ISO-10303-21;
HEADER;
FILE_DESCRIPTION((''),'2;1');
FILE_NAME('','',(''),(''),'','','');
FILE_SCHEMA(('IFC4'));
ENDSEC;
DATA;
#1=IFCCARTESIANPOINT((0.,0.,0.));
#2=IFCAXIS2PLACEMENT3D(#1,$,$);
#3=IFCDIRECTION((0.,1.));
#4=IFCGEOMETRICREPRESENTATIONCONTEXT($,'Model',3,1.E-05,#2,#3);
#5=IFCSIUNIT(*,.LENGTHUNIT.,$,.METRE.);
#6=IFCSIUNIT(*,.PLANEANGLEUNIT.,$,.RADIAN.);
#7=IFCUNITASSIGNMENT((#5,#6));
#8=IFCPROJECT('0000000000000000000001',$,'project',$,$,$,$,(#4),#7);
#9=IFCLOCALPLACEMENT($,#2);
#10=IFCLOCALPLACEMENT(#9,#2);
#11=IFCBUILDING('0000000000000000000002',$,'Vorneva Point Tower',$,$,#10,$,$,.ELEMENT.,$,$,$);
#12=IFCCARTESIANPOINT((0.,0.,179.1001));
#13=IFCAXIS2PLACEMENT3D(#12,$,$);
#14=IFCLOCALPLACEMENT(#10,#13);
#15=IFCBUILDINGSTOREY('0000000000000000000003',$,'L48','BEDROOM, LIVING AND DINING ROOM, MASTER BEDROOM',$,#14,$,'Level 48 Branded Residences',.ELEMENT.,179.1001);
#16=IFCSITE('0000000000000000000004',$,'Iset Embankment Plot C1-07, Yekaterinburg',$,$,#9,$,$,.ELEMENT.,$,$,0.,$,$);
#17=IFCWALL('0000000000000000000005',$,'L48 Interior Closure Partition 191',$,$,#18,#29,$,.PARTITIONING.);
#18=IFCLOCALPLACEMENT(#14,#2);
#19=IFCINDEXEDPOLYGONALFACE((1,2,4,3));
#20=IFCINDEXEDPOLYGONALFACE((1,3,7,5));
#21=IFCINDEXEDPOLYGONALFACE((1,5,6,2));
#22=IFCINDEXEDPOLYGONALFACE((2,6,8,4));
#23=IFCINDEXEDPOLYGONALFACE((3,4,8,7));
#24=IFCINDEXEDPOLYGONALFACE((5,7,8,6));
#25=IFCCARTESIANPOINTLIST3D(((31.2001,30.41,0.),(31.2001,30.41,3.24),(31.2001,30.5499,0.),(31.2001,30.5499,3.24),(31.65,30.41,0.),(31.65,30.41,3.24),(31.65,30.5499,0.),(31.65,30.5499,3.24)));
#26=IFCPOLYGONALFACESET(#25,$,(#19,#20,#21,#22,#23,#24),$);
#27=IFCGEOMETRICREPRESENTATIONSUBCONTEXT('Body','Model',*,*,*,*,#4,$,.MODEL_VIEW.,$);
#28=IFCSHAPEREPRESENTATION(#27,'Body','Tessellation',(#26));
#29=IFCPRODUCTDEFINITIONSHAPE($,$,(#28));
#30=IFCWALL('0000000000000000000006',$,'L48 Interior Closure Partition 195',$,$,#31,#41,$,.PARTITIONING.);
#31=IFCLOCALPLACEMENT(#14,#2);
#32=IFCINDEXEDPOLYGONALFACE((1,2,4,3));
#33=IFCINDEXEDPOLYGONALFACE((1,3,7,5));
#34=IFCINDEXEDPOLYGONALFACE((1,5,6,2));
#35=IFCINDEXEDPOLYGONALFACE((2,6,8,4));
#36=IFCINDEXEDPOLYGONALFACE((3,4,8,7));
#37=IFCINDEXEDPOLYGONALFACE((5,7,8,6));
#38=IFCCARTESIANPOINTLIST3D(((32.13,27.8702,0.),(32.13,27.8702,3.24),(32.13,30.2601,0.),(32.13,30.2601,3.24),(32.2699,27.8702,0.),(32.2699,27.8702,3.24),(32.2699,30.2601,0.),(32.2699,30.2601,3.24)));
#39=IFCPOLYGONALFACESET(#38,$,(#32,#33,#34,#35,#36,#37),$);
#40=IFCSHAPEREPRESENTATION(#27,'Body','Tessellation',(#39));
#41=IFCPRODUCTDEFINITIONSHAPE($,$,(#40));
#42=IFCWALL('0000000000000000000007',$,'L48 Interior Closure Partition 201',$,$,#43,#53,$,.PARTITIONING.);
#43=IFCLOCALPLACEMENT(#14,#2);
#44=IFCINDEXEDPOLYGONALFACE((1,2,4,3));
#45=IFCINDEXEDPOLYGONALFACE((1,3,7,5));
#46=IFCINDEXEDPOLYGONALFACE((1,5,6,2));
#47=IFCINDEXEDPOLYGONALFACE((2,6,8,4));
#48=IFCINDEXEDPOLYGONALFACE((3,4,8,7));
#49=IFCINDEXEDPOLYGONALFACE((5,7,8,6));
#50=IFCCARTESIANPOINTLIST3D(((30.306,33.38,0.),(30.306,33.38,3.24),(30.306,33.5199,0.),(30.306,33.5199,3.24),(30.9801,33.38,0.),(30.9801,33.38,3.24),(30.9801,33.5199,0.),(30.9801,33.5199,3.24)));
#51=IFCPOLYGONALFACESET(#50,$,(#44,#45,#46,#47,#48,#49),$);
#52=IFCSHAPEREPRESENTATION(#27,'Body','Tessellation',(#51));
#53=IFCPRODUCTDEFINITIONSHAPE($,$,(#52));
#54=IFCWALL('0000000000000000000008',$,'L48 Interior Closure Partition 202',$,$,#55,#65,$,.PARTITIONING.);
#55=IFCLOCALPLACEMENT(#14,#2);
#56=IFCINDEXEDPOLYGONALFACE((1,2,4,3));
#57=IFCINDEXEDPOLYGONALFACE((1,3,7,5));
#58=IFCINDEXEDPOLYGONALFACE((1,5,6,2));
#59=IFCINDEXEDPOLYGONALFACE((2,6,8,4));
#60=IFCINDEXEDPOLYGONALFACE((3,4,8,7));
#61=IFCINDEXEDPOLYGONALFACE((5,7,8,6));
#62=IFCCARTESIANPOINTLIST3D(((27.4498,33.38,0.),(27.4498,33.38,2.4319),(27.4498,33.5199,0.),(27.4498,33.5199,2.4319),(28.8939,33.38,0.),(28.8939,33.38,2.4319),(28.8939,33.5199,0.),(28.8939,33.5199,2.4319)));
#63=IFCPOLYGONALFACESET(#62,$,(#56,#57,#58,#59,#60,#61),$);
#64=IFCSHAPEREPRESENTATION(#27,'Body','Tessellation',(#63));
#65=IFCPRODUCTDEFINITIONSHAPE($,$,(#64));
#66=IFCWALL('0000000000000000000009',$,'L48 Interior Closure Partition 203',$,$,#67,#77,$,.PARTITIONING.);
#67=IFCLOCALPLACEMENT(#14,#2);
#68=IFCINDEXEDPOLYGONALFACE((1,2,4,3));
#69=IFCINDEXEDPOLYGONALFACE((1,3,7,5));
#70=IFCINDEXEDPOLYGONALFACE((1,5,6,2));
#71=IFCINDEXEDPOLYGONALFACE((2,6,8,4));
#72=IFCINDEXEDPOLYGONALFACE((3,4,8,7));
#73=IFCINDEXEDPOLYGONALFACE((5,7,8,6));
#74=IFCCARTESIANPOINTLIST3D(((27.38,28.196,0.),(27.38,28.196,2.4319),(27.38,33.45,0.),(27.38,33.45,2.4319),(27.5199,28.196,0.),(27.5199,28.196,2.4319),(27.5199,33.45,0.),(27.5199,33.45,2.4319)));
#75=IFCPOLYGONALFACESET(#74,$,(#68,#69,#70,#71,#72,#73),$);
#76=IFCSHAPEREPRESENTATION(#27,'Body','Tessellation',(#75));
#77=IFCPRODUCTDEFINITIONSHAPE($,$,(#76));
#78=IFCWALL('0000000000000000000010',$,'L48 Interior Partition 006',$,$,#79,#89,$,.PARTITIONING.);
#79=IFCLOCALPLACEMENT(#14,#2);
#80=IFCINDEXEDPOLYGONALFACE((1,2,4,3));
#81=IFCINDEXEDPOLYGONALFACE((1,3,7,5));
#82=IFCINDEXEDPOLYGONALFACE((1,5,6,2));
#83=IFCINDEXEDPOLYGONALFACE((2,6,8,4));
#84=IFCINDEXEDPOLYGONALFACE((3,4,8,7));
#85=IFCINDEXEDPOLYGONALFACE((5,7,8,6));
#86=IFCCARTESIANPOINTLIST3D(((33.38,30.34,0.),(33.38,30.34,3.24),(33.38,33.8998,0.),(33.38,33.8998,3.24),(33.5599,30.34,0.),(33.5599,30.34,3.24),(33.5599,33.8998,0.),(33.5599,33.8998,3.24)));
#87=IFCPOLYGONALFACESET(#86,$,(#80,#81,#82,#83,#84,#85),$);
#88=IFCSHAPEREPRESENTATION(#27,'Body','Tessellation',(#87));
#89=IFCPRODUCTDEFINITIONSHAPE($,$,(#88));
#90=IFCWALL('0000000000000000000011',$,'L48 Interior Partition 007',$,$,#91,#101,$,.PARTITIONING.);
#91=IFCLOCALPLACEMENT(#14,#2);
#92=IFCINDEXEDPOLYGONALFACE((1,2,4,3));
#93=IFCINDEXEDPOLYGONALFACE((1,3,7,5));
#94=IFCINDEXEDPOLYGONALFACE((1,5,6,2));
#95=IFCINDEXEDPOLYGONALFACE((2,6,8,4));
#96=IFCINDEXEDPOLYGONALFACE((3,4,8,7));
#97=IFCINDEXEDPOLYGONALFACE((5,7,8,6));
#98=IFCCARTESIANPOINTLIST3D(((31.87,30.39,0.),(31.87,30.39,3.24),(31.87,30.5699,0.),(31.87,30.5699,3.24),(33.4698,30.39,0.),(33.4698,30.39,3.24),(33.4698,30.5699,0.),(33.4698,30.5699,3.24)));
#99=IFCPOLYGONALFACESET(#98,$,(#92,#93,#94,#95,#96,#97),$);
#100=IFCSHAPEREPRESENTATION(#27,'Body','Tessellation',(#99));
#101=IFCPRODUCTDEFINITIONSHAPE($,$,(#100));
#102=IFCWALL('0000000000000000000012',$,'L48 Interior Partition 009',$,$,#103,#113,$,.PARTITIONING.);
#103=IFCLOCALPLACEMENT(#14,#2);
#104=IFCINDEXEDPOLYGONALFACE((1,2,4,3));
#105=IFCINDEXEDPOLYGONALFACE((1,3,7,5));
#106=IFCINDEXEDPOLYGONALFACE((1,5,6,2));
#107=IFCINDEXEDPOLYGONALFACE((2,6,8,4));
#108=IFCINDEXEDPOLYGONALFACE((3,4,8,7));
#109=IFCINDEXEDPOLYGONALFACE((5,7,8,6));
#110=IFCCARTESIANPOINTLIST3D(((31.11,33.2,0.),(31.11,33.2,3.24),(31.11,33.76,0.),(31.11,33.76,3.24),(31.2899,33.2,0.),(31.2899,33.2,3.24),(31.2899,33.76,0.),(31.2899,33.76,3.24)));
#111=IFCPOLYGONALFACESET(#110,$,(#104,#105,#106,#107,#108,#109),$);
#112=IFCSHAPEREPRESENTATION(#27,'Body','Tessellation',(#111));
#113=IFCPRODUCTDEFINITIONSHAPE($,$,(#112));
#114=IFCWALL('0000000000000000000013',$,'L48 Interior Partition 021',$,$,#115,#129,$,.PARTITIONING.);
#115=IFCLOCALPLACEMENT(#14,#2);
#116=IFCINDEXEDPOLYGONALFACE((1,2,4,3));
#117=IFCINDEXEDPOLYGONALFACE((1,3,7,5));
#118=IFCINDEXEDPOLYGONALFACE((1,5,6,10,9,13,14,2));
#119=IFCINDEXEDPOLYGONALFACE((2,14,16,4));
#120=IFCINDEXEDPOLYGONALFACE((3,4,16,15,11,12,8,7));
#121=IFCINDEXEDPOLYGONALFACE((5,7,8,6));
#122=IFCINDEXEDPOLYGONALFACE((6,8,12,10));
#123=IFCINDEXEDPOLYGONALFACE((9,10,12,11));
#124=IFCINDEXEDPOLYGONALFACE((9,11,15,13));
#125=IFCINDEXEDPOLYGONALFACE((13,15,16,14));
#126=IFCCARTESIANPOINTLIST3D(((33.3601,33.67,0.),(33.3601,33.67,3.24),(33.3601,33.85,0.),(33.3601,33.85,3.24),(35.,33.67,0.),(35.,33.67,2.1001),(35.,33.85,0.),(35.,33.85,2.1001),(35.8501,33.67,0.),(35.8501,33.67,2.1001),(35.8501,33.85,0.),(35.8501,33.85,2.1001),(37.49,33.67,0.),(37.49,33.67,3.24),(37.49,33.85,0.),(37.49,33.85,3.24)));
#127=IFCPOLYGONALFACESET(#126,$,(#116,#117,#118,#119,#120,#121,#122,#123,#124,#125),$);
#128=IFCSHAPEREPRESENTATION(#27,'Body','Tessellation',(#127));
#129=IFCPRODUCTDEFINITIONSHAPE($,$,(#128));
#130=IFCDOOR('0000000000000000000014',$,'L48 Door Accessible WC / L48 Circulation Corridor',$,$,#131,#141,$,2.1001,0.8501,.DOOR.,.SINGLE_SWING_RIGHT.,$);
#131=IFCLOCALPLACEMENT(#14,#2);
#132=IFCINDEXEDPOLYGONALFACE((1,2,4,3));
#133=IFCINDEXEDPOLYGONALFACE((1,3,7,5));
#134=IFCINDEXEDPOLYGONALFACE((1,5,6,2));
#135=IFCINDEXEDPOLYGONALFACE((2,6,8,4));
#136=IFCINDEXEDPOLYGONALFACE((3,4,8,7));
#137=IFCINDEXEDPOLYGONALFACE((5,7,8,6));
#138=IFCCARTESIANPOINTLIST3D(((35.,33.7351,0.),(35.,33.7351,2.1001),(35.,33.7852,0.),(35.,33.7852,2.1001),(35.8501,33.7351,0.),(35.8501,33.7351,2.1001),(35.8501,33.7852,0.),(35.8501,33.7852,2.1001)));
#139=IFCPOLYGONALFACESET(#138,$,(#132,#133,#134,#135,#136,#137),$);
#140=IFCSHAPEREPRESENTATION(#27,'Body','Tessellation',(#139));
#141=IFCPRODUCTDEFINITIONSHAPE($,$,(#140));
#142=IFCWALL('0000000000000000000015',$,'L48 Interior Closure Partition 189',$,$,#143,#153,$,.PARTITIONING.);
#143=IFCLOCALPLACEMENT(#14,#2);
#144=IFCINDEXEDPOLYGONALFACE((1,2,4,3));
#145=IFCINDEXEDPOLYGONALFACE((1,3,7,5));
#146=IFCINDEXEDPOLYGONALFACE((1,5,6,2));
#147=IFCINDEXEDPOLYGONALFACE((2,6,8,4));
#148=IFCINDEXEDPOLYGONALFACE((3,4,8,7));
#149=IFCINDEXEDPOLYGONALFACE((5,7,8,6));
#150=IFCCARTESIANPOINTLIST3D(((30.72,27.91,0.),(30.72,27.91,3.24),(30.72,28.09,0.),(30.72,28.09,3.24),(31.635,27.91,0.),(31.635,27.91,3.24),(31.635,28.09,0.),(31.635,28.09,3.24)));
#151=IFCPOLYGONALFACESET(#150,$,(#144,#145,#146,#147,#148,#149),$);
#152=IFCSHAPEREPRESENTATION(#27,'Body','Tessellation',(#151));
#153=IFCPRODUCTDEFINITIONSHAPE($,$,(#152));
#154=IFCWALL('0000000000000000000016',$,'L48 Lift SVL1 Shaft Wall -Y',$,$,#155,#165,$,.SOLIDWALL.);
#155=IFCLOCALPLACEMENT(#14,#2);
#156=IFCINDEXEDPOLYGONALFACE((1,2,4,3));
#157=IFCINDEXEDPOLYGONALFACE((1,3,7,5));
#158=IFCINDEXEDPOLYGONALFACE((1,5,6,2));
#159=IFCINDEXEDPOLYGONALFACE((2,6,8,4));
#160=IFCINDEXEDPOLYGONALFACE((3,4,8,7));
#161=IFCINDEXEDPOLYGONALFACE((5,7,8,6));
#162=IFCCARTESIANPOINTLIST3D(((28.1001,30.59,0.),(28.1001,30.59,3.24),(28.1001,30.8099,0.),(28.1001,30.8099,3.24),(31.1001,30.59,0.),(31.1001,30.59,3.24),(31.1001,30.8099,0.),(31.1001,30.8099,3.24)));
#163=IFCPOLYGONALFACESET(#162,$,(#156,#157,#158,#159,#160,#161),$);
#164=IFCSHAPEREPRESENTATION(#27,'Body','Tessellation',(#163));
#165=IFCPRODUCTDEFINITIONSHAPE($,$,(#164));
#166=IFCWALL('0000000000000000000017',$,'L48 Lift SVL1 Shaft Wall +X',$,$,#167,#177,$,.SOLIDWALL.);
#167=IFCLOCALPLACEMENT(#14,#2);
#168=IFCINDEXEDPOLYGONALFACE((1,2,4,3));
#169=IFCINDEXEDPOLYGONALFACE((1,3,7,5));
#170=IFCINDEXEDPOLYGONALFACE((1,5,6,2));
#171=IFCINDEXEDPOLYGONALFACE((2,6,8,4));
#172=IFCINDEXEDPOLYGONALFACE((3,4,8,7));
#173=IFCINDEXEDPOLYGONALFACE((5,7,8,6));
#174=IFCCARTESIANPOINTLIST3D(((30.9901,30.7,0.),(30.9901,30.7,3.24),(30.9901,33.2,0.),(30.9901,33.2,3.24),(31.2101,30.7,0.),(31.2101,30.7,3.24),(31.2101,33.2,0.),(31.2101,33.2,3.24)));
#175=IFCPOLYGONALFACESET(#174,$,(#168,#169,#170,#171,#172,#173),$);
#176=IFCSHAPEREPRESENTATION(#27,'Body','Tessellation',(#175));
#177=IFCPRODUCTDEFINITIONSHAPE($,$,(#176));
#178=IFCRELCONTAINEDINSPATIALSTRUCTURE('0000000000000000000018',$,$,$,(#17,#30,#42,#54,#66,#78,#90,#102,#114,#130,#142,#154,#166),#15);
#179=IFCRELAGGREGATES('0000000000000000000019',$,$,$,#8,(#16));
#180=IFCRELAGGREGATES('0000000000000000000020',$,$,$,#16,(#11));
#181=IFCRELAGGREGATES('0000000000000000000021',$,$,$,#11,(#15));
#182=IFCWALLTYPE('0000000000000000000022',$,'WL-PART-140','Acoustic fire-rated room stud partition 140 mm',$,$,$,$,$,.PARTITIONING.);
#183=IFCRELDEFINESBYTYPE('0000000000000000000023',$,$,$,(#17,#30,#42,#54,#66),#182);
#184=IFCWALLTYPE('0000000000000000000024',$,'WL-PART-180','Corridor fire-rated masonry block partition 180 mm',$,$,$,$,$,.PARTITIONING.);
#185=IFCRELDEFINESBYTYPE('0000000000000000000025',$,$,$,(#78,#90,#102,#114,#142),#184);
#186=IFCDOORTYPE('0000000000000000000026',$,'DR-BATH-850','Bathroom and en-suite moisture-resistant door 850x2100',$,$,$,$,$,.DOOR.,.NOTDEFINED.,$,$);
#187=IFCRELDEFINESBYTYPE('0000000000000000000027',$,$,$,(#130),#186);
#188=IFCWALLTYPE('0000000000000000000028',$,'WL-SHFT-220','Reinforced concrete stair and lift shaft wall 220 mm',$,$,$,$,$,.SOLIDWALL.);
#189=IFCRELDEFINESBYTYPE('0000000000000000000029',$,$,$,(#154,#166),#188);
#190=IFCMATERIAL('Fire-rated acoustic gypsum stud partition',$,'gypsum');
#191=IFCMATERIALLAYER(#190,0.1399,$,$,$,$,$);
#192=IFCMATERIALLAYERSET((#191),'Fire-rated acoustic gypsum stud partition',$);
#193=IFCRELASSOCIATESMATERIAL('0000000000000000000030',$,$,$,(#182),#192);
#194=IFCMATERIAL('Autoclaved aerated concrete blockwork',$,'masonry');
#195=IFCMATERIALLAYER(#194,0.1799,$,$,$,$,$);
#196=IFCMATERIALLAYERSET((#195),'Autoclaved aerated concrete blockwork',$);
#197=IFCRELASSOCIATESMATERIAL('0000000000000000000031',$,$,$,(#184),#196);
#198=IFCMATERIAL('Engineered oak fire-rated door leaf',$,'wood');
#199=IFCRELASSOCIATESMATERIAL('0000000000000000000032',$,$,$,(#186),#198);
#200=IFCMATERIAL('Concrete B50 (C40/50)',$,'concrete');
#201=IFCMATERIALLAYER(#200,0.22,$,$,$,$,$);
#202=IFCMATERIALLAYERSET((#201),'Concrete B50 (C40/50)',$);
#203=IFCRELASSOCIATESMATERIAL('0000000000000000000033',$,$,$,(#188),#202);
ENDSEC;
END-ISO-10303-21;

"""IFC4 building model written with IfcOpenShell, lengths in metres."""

from ifc_helpers import new_model, si_unit, direction, frame, frame_2d, origin, place, context, subcontext, project, spatial, rectangle, extrude, material, layer, layer_set, type_object, element, fill, save


model = new_model("IFC4")

# Units and contexts
model_context = context("Model", 3, precision=1e-05, world=origin(), true_north=direction((0.0, 1.0)))
body_context = subcontext(model_context, "Body", "Model", "MODEL_VIEW")
ifc_project = project(units=[si_unit("LENGTHUNIT", "METRE"), si_unit("PLANEANGLEUNIT", "RADIAN")], contexts=[model_context])

# Site, building, storey
site_placement = place(None, origin())
site = spatial("IfcSite", under=ifc_project, at=site_placement, Name="Iset Embankment Plot C1-07, Yekaterinburg", CompositionType="ELEMENT", RefElevation=0.0)
building_placement = place(site_placement, origin())
building = spatial("IfcBuilding", under=site, at=building_placement, Name="Vorneva Point Tower", CompositionType="ELEMENT")
storey_placement = place(building_placement, frame((0.0, 0.0, 179.1001)))
storey = spatial("IfcBuildingStorey", under=building, at=storey_placement, Name="L48", Description="BEDROOM, LIVING AND DINING ROOM, MASTER BEDROOM", LongName="Level 48 Branded Residences", CompositionType="ELEMENT", Elevation=179.1001)

# Shared definitions
ifc_material_1 = material(Name="Concrete B50 (C40/50)", Category="concrete")

# Walls
ifc_material_2 = material(Name="Fire-rated acoustic gypsum stud partition", Category="gypsum")
ifc_layer_1 = layer(ifc_material_2, 0.1399)
ifc_layer_set_1 = layer_set([ifc_layer_1], Name="Fire-rated acoustic gypsum stud partition")
wall_type_1 = type_object("IfcWallType", Name="WL-PART-140", Description="Acoustic fire-rated room stud partition 140 mm", PredefinedType="PARTITIONING", material=ifc_layer_set_1)
wall_1_placement = place(storey_placement, frame((31.2, 30.48, 0.0), z_axis=(0.0, 0.0, 1.0), x_axis=(1.0, 0.0, 0.0)))
element("IfcWall", 1, at=wall_1_placement, inside=storey, type_object=wall_type_1, Name="L48 Interior Closure Partition 191", PredefinedType="PARTITIONING", context=body_context, shape_type="SweptSolid", body=[
    extrude(rectangle(XDim=0.45, YDim=0.1399, at=frame_2d((0.2251, 0.0))), origin(), (0.0, 0.0, 1.0), 3.24),
])
wall_2_placement = place(storey_placement, frame((32.2, 30.26, 0.0), z_axis=(0.0, 0.0, 1.0), x_axis=(0.0, -1.0, 0.0)))
element("IfcWall", 2, at=wall_2_placement, inside=storey, type_object=wall_type_1, Name="L48 Interior Closure Partition 195", PredefinedType="PARTITIONING", context=body_context, shape_type="SweptSolid", body=[
    extrude(rectangle(XDim=2.3899, YDim=0.1399, at=frame_2d((1.1948, 0.0))), origin(), (0.0, 0.0, 1.0), 3.24),
])
wall_3_placement = place(storey_placement, frame((30.98, 33.45, 0.0), z_axis=(0.0, 0.0, 1.0), x_axis=(-1.0, 0.0, 0.0)))
element("IfcWall", 3, at=wall_3_placement, inside=storey, type_object=wall_type_1, Name="L48 Interior Closure Partition 201", PredefinedType="PARTITIONING", context=body_context, shape_type="SweptSolid", body=[
    extrude(rectangle(XDim=0.6741, YDim=0.1399, at=frame_2d((0.3369, 0.0))), origin(), (0.0, 0.0, 1.0), 3.24),
])
wall_4_placement = place(storey_placement, frame((28.894, 33.45, 0.0), z_axis=(0.0, 0.0, 1.0), x_axis=(-1.0, 0.0, 0.0)))
element("IfcWall", 4, at=wall_4_placement, inside=storey, type_object=wall_type_1, Name="L48 Interior Closure Partition 202", PredefinedType="PARTITIONING", context=body_context, shape_type="SweptSolid", body=[
    extrude(rectangle(XDim=1.4441, YDim=0.1399, at=frame_2d((0.7222, 0.0))), origin(), (0.0, 0.0, 1.0), 2.4319),
])
wall_5_placement = place(storey_placement, frame((27.45, 33.45, 0.0), z_axis=(0.0, 0.0, 1.0), x_axis=(0.0, -1.0, 0.0)))
element("IfcWall", 5, at=wall_5_placement, inside=storey, type_object=wall_type_1, Name="L48 Interior Closure Partition 203", PredefinedType="PARTITIONING", context=body_context, shape_type="SweptSolid", body=[
    extrude(rectangle(XDim=5.2539, YDim=0.1399, at=frame_2d((2.627, 0.0))), origin(), (0.0, 0.0, 1.0), 2.4319),
])

# Shared definitions
ifc_material_3 = material(Name="Autoclaved aerated concrete blockwork", Category="masonry")
ifc_layer_2 = layer(ifc_material_3, 0.1799)
ifc_layer_set_2 = layer_set([ifc_layer_2], Name="Autoclaved aerated concrete blockwork")
wall_type_2 = type_object("IfcWallType", Name="WL-PART-180", Description="Corridor fire-rated masonry block partition 180 mm", PredefinedType="PARTITIONING", material=ifc_layer_set_2)

# Walls
wall_6_placement = place(storey_placement, frame((33.47, 30.3401, 0.0), z_axis=(0.0, 0.0, 1.0), x_axis=(0.0, 1.0, 0.0)))
element("IfcWall", 6, at=wall_6_placement, inside=storey, type_object=wall_type_2, Name="L48 Interior Partition 006", PredefinedType="PARTITIONING", context=body_context, shape_type="SweptSolid", body=[
    extrude(rectangle(XDim=3.5598, YDim=0.1799, at=frame_2d((1.7798, 0.0))), origin(), (0.0, 0.0, 1.0), 3.24),
])
wall_7_placement = place(storey_placement, frame((31.8701, 30.48, 0.0), z_axis=(0.0, 0.0, 1.0), x_axis=(1.0, 0.0, 0.0)))
element("IfcWall", 7, at=wall_7_placement, inside=storey, type_object=wall_type_2, Name="L48 Interior Partition 007", PredefinedType="PARTITIONING", context=body_context, shape_type="SweptSolid", body=[
    extrude(rectangle(XDim=1.5999, YDim=0.1799, at=frame_2d((0.7998, 0.0))), origin(), (0.0, 0.0, 1.0), 3.24),
])

# Wall
wall_8_placement = place(storey_placement, frame((31.2, 33.76, 0.0), z_axis=(0.0, 0.0, 1.0), x_axis=(0.0, -1.0, 0.0)))
element("IfcWall", 8, at=wall_8_placement, inside=storey, type_object=wall_type_2, Name="L48 Interior Partition 009", PredefinedType="PARTITIONING", context=body_context, shape_type="SweptSolid", body=[
    extrude(rectangle(XDim=0.5601, YDim=0.1799, at=frame_2d((0.28, 0.0))), origin(), (0.0, 0.0, 1.0), 3.24),
])

# Wall, opening, door
wall_9_placement = place(storey_placement, frame((37.49, 33.76, 0.0), z_axis=(0.0, 0.0, 1.0), x_axis=(-1.0, 0.0, 0.0)))
wall_9 = element("IfcWall", 9, at=wall_9_placement, inside=storey, type_object=wall_type_2, Name="L48 Interior Partition 021", PredefinedType="PARTITIONING", context=body_context, shape_type="SweptSolid", body=[
    extrude(rectangle(XDim=4.1299, YDim=0.1799, at=frame_2d((2.0649, 0.0))), origin(), (0.0, 0.0, 1.0), 3.24),
])
opening_1_placement = place(wall_9_placement, frame((1.6399, 0.0, 0.0)))
opening_1 = element("IfcOpeningElement", 10, at=opening_1_placement, cuts=wall_9, PredefinedType="OPENING", context=body_context, shape_type="SweptSolid", body=[
    extrude(rectangle(XDim=0.8501, YDim=2.1001, at=frame_2d((0.425, 1.05))), frame((0.0, 0.105, 0.0), z_axis=(0.0, -1.0, 0.0), x_axis=(1.0, 0.0, 0.0)), (0.0, 0.0, 1.0), 0.2097),
])
ifc_material_4 = material(Name="Engineered oak fire-rated door leaf", Category="wood")
door_type_1 = type_object("IfcDoorType", Name="DR-BATH-850", Description="Bathroom and en-suite moisture-resistant door 850x2100", OperationType="NOTDEFINED", PredefinedType="DOOR", material=ifc_material_4)
door_1_placement = place(opening_1_placement, origin())
door_1 = element("IfcDoor", 11, at=door_1_placement, inside=storey, type_object=door_type_1, Name="L48 Door Accessible WC / L48 Circulation Corridor", OperationType="SINGLE_SWING_RIGHT", OverallHeight=2.1001, OverallWidth=0.8501, PredefinedType="DOOR", context=body_context, shape_type="SweptSolid", body=[
    extrude(rectangle(XDim=0.8501, YDim=2.1001, at=frame_2d((0.425, 1.05))), frame((0.0, 0.0249, 0.0), z_axis=(0.0, -1.0, 0.0), x_axis=(1.0, 0.0, 0.0)), (0.0, 0.0, 1.0), 0.05),
])
fill(opening_1, door_1)

# Walls
wall_10_placement = place(storey_placement, frame((31.635, 28.0, 0.0), z_axis=(0.0, 0.0, 1.0), x_axis=(-1.0, 0.0, 0.0)))
element("IfcWall", 12, at=wall_10_placement, inside=storey, type_object=wall_type_2, Name="L48 Interior Closure Partition 189", PredefinedType="PARTITIONING", context=body_context, shape_type="SweptSolid", body=[
    extrude(rectangle(XDim=0.915, YDim=0.1799, at=frame_2d((0.4575, 0.0))), origin(), (0.0, 0.0, 1.0), 3.24),
])
ifc_layer_3 = layer(ifc_material_1, 0.22)
ifc_layer_set_3 = layer_set([ifc_layer_3], Name="Concrete B50 (C40/50)")
wall_type_3 = type_object("IfcWallType", Name="WL-SHFT-220", Description="Reinforced concrete stair and lift shaft wall 220 mm", PredefinedType="SOLIDWALL", material=ifc_layer_set_3)
wall_11_placement = place(storey_placement, frame((28.1001, 30.7, 0.0), z_axis=(0.0, 0.0, 1.0), x_axis=(1.0, 0.0, 0.0)))
element("IfcWall", 13, at=wall_11_placement, inside=storey, type_object=wall_type_3, Name="L48 Lift SVL1 Shaft Wall -Y", PredefinedType="SOLIDWALL", context=body_context, shape_type="SweptSolid", body=[
    extrude(rectangle(XDim=3.0, YDim=0.22, at=frame_2d((1.5, 0.0))), origin(), (0.0, 0.0, 1.0), 3.24),
])
wall_12_placement = place(storey_placement, frame((31.1001, 30.7, 0.0), z_axis=(0.0, 0.0, 1.0), x_axis=(0.0, 1.0, 0.0)))
element("IfcWall", 14, at=wall_12_placement, inside=storey, type_object=wall_type_3, Name="L48 Lift SVL1 Shaft Wall +X", PredefinedType="SOLIDWALL", context=body_context, shape_type="SweptSolid", body=[
    extrude(rectangle(XDim=2.5, YDim=0.22, at=frame_2d((1.25, 0.0))), origin(), (0.0, 0.0, 1.0), 3.24),
])

save(model, "model.ifc")
